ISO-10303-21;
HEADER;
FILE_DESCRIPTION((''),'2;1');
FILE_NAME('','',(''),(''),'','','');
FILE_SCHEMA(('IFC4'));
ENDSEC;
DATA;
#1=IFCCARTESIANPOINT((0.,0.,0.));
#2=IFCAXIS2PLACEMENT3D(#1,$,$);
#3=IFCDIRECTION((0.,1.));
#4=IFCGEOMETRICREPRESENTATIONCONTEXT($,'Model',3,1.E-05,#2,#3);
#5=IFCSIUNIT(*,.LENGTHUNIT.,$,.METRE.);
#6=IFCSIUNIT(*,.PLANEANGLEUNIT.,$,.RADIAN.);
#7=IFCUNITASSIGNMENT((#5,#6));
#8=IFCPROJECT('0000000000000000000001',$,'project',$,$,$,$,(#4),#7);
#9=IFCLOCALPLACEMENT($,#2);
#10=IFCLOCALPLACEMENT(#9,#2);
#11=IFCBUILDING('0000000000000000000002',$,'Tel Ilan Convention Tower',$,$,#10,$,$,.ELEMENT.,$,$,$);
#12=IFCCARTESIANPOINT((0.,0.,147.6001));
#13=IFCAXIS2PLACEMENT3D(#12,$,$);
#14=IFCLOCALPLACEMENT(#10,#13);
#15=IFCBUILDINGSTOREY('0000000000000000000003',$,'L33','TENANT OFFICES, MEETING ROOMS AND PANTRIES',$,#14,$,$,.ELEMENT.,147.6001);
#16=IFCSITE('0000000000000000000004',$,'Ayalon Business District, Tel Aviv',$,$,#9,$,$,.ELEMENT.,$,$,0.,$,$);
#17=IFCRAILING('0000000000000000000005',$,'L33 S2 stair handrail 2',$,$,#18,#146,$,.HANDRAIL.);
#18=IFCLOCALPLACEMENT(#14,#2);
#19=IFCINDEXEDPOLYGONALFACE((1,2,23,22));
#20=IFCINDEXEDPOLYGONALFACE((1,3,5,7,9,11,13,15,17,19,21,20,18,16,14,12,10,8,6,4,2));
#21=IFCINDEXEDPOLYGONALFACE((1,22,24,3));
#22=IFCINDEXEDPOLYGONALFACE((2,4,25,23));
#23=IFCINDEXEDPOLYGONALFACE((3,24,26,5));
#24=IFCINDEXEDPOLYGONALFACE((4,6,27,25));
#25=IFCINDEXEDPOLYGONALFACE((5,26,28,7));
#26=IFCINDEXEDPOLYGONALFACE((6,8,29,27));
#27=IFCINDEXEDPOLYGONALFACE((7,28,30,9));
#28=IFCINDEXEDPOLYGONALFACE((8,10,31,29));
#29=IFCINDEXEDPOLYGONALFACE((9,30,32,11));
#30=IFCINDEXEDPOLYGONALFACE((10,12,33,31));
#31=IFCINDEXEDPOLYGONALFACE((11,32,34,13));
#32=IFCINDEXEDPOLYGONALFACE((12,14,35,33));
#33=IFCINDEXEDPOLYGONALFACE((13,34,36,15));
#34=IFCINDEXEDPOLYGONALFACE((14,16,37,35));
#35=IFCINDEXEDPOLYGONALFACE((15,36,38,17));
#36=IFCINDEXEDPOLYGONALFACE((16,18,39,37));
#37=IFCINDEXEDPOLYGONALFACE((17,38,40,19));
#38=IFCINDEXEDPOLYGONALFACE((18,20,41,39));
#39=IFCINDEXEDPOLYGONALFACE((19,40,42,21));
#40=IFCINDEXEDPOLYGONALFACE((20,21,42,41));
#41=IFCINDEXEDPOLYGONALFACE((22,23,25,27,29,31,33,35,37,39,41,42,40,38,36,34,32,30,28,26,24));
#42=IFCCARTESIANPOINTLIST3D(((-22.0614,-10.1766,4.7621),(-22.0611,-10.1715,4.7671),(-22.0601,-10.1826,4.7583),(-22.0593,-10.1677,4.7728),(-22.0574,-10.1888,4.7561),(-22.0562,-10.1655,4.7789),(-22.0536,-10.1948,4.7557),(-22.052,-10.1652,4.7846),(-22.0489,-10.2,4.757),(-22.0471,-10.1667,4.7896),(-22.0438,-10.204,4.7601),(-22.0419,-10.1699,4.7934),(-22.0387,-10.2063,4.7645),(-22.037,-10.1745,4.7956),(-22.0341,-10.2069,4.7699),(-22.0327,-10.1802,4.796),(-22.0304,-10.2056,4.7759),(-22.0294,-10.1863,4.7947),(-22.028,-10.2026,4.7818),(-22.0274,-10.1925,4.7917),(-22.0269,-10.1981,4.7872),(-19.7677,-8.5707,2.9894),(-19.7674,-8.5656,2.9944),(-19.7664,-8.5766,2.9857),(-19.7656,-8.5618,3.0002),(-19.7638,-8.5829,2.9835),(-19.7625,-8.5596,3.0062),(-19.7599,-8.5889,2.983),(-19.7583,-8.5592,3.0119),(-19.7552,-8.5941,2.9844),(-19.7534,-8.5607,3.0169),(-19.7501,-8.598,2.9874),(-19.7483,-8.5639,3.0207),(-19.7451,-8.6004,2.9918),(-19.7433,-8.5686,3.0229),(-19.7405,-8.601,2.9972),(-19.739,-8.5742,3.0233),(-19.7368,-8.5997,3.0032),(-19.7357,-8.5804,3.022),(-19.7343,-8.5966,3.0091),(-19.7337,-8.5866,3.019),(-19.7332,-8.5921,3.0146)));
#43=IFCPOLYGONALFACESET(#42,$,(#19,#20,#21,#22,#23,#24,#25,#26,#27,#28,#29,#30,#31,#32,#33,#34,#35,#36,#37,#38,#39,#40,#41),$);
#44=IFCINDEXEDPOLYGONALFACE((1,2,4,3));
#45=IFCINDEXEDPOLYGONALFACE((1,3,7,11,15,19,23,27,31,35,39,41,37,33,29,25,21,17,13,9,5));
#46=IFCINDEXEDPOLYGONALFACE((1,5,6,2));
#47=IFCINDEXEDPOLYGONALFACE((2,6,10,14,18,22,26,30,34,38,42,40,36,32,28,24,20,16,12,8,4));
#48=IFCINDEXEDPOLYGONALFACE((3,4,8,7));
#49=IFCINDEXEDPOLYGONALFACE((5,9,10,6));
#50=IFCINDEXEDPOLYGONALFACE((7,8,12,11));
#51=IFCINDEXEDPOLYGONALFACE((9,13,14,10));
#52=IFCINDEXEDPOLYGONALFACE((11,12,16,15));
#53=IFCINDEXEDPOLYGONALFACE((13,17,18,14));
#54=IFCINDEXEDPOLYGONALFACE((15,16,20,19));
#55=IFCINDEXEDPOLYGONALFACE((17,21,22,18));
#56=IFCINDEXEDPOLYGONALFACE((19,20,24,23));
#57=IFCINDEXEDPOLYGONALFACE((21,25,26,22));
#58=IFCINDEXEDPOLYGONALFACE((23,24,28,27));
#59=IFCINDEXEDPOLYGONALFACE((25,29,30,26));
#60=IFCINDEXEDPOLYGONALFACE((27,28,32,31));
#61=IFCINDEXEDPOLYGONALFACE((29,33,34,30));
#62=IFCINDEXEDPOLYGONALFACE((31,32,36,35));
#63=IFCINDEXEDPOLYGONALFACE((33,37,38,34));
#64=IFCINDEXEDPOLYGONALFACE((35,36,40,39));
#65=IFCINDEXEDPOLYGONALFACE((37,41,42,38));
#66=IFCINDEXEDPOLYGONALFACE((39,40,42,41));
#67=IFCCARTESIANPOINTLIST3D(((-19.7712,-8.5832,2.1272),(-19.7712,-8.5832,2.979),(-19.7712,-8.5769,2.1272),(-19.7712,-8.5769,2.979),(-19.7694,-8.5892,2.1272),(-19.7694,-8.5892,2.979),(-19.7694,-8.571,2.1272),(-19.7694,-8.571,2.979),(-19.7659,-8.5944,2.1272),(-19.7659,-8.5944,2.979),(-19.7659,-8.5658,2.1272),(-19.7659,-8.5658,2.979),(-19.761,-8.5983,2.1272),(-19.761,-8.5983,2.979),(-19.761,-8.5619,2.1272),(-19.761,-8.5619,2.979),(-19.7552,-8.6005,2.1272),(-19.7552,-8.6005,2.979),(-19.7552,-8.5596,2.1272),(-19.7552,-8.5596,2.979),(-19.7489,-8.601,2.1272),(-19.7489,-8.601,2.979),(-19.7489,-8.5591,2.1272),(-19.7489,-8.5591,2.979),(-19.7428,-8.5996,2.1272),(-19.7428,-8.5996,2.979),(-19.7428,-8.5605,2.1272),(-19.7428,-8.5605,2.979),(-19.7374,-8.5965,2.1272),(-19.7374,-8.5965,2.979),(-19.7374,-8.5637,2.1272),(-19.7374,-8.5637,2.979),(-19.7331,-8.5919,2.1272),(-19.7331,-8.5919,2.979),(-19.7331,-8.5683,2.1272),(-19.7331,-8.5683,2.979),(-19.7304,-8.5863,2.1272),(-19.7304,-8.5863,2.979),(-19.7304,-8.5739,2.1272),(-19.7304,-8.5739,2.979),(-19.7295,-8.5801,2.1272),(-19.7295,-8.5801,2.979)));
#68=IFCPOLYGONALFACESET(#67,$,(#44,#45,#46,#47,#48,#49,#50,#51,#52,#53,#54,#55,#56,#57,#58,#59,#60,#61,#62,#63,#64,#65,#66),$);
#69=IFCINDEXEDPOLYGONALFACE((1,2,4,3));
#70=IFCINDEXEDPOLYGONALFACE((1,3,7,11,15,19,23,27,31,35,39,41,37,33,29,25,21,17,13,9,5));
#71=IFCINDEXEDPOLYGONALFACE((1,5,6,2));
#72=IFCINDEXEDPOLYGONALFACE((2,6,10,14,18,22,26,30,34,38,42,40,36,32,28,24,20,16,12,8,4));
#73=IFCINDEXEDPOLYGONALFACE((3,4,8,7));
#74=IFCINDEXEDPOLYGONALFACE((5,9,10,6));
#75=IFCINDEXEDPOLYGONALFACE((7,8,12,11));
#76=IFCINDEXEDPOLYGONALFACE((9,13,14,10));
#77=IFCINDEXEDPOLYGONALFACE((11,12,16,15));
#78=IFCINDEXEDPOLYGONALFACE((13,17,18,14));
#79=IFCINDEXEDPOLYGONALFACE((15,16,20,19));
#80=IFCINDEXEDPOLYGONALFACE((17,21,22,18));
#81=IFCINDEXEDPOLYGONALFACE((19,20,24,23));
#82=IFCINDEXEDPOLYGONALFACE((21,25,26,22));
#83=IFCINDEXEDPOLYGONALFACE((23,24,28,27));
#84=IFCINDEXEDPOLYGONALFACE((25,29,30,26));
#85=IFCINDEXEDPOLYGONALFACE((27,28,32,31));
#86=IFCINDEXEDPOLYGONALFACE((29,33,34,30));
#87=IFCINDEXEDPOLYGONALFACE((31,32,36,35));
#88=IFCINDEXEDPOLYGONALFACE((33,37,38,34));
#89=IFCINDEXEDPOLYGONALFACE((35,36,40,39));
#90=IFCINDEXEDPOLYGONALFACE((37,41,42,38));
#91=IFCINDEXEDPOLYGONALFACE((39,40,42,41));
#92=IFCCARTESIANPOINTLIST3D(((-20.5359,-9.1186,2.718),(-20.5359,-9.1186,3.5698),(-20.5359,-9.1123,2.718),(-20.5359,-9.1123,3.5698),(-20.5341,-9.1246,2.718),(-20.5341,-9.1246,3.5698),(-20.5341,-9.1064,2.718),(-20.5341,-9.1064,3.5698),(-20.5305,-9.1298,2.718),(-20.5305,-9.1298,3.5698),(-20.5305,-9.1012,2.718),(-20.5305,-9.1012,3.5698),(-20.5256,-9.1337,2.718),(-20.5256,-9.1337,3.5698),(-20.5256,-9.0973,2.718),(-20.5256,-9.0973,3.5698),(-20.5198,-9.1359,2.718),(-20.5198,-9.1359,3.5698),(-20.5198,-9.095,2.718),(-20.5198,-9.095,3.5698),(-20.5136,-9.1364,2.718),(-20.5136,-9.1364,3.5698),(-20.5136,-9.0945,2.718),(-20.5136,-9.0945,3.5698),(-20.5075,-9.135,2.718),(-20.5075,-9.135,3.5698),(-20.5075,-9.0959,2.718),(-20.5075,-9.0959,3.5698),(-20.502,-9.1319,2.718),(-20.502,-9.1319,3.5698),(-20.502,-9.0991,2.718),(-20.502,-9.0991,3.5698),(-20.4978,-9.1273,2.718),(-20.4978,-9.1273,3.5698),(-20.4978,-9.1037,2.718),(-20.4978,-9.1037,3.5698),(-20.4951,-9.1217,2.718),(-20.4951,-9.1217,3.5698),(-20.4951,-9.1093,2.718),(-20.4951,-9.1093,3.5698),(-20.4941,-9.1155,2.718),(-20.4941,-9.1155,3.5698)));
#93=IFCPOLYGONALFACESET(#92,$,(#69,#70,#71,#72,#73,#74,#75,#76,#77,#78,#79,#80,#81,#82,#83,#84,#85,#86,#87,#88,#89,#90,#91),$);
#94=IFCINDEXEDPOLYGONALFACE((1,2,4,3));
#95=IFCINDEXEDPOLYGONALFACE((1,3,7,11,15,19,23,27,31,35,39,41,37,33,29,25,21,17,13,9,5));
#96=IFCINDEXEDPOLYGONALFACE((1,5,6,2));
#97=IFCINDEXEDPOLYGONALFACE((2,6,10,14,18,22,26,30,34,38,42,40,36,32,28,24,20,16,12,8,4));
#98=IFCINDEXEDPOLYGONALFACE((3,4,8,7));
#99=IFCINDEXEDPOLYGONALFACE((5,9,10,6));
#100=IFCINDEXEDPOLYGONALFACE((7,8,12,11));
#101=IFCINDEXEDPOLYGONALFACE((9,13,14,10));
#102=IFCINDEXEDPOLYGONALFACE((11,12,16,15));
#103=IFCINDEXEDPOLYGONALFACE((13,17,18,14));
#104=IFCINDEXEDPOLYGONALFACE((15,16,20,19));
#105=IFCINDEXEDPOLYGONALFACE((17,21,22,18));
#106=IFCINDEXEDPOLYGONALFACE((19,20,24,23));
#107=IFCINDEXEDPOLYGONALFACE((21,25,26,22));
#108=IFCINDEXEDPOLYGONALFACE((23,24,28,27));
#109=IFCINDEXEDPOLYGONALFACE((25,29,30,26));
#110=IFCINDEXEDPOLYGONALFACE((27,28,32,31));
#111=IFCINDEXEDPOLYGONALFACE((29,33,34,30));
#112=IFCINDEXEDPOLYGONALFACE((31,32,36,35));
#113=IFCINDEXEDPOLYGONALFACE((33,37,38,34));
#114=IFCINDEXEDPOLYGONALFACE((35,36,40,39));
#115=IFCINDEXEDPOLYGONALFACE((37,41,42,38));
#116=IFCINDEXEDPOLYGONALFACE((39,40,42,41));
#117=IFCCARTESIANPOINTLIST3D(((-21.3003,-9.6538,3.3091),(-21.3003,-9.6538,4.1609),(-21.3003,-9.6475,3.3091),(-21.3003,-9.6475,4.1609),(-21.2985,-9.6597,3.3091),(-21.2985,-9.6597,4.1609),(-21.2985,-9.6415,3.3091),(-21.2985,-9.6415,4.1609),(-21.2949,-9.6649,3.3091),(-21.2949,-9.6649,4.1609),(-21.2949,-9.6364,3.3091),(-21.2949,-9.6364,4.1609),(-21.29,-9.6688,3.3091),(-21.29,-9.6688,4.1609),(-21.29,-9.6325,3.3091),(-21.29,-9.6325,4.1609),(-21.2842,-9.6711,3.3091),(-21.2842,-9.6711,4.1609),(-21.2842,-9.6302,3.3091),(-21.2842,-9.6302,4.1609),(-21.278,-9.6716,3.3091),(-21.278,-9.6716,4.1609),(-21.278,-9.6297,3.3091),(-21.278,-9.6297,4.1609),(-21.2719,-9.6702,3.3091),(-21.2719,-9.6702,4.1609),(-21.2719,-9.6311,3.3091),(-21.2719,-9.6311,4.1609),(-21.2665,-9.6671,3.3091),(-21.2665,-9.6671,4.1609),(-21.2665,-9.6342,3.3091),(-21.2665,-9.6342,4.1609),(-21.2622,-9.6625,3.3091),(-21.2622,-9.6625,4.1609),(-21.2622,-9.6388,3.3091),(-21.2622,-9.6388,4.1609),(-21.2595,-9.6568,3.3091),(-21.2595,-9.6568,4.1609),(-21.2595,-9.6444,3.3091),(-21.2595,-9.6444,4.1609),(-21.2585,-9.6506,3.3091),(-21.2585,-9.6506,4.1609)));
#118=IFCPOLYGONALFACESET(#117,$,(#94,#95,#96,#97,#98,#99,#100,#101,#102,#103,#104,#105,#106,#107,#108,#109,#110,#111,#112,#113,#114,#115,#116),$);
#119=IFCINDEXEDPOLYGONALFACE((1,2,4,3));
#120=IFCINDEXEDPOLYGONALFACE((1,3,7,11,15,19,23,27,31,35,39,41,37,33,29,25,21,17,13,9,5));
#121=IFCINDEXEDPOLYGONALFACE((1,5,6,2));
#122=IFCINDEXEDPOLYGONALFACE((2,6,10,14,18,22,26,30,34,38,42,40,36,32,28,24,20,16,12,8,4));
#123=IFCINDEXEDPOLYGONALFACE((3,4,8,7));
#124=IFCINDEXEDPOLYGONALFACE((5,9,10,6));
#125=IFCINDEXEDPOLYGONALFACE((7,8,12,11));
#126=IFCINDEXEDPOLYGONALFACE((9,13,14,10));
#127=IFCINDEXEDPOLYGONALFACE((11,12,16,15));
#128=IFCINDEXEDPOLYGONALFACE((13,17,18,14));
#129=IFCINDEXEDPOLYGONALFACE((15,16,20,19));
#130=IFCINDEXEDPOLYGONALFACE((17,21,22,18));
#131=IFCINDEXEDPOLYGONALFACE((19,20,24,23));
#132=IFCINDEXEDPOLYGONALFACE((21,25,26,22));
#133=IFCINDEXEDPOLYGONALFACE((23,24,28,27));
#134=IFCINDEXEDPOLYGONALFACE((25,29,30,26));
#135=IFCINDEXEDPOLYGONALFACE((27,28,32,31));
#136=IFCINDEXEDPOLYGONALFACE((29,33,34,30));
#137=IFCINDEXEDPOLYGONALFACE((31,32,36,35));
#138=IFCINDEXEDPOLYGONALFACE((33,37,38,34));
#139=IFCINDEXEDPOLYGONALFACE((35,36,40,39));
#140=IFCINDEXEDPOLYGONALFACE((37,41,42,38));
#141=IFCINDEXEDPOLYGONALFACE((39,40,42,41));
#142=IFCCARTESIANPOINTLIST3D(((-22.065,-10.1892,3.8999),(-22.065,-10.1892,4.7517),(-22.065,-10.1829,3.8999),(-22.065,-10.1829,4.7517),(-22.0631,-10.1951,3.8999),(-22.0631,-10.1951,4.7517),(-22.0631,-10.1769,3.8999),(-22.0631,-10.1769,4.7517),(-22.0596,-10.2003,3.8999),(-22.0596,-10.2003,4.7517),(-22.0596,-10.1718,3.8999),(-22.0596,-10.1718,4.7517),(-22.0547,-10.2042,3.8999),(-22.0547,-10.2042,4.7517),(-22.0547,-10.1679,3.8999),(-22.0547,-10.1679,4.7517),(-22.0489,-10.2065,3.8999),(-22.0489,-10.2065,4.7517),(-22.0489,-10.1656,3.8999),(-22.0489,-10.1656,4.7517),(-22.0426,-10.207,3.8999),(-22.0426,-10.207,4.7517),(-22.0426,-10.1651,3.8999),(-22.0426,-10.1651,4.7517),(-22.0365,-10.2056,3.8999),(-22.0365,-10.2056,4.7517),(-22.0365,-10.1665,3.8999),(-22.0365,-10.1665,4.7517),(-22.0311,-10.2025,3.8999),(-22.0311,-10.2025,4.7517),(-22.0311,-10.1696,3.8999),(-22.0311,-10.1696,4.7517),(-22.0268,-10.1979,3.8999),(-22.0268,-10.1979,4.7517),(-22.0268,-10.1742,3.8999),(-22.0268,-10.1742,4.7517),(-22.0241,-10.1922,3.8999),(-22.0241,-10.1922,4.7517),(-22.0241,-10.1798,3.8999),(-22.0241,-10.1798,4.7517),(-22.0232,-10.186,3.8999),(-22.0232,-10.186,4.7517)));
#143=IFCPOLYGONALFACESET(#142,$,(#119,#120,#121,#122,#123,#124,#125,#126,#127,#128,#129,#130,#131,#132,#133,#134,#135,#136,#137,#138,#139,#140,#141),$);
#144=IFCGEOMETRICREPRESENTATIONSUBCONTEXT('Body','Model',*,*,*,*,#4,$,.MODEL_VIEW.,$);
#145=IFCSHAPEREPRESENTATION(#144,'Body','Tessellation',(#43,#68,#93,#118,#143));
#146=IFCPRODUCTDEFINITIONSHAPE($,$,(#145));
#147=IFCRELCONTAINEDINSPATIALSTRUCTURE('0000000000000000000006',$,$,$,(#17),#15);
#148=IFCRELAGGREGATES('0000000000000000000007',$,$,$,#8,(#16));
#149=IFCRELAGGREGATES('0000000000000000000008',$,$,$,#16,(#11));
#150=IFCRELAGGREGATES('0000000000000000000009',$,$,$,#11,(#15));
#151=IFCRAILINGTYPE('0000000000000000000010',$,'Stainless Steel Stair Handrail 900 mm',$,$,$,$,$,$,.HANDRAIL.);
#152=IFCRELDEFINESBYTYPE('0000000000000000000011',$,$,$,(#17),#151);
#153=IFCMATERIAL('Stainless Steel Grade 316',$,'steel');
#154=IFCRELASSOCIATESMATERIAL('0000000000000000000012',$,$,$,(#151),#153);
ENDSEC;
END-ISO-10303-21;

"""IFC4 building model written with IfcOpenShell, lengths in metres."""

from ifc_helpers import new_model, si_unit, direction, frame, origin, origin_2d, place, context, subcontext, project, spatial, circle, extrude, material, type_object, element, save


model = new_model("IFC4")

# Units and contexts
model_context = context("Model", 3, precision=1e-05, world=origin(), true_north=direction((0.0, 1.0)))
body_context = subcontext(model_context, "Body", "Model", "MODEL_VIEW")
ifc_project = project(units=[si_unit("LENGTHUNIT", "METRE"), si_unit("PLANEANGLEUNIT", "RADIAN")], contexts=[model_context])

# Site, building, storey
site_placement = place(None, origin())
site = spatial("IfcSite", under=ifc_project, at=site_placement, Name="Ayalon Business District, Tel Aviv", CompositionType="ELEMENT", RefElevation=0.0)
building_placement = place(site_placement, origin())
building = spatial("IfcBuilding", under=site, at=building_placement, Name="Tel Ilan Convention Tower", CompositionType="ELEMENT")
storey_placement = place(building_placement, frame((0.0, 0.0, 147.6001)))
storey = spatial("IfcBuildingStorey", under=building, at=storey_placement, Name="L33", Description="TENANT OFFICES, MEETING ROOMS AND PANTRIES", CompositionType="ELEMENT", Elevation=147.6001)

# Railing
ifc_material_1 = material(Name="Stainless Steel Grade 316", Category="steel")
railing_type_1 = type_object("IfcRailingType", Name="Stainless Steel Stair Handrail 900 mm", PredefinedType="HANDRAIL", material=ifc_material_1)
railing_1_placement = place(storey_placement, frame((-19.7505, -8.5801, 2.1272)))
element("IfcRailing", 1, at=railing_1_placement, inside=storey, type_object=railing_type_1, Name="L33 S2 stair handrail 2", PredefinedType="HANDRAIL", context=body_context, shape_type="SweptSolid", body=[
    extrude(circle(Radius=0.0239, at=origin_2d()), frame((0.0, 0.0, 0.876), z_axis=(-0.692123, -0.484597, 0.534913), x_axis=(0.57355, -0.81917, 0.0)), (0.0, 0.0, 1.0), 3.314),
    extrude(circle(Radius=0.021, at=origin_2d()), origin(), (0.0, 0.0, 1.0), 0.8518),
    extrude(circle(Radius=0.021, at=origin_2d()), frame((-0.7646, -0.5354, 0.5908)), (0.0, 0.0, 1.0), 0.8518),
    extrude(circle(Radius=0.021, at=origin_2d()), frame((-1.5291, -1.0706, 1.1819)), (0.0, 0.0, 1.0), 0.8518),
    extrude(circle(Radius=0.021, at=origin_2d()), frame((-2.2937, -1.606, 1.7727)), (0.0, 0.0, 1.0), 0.8518),
])

save(model, "model.ifc")
